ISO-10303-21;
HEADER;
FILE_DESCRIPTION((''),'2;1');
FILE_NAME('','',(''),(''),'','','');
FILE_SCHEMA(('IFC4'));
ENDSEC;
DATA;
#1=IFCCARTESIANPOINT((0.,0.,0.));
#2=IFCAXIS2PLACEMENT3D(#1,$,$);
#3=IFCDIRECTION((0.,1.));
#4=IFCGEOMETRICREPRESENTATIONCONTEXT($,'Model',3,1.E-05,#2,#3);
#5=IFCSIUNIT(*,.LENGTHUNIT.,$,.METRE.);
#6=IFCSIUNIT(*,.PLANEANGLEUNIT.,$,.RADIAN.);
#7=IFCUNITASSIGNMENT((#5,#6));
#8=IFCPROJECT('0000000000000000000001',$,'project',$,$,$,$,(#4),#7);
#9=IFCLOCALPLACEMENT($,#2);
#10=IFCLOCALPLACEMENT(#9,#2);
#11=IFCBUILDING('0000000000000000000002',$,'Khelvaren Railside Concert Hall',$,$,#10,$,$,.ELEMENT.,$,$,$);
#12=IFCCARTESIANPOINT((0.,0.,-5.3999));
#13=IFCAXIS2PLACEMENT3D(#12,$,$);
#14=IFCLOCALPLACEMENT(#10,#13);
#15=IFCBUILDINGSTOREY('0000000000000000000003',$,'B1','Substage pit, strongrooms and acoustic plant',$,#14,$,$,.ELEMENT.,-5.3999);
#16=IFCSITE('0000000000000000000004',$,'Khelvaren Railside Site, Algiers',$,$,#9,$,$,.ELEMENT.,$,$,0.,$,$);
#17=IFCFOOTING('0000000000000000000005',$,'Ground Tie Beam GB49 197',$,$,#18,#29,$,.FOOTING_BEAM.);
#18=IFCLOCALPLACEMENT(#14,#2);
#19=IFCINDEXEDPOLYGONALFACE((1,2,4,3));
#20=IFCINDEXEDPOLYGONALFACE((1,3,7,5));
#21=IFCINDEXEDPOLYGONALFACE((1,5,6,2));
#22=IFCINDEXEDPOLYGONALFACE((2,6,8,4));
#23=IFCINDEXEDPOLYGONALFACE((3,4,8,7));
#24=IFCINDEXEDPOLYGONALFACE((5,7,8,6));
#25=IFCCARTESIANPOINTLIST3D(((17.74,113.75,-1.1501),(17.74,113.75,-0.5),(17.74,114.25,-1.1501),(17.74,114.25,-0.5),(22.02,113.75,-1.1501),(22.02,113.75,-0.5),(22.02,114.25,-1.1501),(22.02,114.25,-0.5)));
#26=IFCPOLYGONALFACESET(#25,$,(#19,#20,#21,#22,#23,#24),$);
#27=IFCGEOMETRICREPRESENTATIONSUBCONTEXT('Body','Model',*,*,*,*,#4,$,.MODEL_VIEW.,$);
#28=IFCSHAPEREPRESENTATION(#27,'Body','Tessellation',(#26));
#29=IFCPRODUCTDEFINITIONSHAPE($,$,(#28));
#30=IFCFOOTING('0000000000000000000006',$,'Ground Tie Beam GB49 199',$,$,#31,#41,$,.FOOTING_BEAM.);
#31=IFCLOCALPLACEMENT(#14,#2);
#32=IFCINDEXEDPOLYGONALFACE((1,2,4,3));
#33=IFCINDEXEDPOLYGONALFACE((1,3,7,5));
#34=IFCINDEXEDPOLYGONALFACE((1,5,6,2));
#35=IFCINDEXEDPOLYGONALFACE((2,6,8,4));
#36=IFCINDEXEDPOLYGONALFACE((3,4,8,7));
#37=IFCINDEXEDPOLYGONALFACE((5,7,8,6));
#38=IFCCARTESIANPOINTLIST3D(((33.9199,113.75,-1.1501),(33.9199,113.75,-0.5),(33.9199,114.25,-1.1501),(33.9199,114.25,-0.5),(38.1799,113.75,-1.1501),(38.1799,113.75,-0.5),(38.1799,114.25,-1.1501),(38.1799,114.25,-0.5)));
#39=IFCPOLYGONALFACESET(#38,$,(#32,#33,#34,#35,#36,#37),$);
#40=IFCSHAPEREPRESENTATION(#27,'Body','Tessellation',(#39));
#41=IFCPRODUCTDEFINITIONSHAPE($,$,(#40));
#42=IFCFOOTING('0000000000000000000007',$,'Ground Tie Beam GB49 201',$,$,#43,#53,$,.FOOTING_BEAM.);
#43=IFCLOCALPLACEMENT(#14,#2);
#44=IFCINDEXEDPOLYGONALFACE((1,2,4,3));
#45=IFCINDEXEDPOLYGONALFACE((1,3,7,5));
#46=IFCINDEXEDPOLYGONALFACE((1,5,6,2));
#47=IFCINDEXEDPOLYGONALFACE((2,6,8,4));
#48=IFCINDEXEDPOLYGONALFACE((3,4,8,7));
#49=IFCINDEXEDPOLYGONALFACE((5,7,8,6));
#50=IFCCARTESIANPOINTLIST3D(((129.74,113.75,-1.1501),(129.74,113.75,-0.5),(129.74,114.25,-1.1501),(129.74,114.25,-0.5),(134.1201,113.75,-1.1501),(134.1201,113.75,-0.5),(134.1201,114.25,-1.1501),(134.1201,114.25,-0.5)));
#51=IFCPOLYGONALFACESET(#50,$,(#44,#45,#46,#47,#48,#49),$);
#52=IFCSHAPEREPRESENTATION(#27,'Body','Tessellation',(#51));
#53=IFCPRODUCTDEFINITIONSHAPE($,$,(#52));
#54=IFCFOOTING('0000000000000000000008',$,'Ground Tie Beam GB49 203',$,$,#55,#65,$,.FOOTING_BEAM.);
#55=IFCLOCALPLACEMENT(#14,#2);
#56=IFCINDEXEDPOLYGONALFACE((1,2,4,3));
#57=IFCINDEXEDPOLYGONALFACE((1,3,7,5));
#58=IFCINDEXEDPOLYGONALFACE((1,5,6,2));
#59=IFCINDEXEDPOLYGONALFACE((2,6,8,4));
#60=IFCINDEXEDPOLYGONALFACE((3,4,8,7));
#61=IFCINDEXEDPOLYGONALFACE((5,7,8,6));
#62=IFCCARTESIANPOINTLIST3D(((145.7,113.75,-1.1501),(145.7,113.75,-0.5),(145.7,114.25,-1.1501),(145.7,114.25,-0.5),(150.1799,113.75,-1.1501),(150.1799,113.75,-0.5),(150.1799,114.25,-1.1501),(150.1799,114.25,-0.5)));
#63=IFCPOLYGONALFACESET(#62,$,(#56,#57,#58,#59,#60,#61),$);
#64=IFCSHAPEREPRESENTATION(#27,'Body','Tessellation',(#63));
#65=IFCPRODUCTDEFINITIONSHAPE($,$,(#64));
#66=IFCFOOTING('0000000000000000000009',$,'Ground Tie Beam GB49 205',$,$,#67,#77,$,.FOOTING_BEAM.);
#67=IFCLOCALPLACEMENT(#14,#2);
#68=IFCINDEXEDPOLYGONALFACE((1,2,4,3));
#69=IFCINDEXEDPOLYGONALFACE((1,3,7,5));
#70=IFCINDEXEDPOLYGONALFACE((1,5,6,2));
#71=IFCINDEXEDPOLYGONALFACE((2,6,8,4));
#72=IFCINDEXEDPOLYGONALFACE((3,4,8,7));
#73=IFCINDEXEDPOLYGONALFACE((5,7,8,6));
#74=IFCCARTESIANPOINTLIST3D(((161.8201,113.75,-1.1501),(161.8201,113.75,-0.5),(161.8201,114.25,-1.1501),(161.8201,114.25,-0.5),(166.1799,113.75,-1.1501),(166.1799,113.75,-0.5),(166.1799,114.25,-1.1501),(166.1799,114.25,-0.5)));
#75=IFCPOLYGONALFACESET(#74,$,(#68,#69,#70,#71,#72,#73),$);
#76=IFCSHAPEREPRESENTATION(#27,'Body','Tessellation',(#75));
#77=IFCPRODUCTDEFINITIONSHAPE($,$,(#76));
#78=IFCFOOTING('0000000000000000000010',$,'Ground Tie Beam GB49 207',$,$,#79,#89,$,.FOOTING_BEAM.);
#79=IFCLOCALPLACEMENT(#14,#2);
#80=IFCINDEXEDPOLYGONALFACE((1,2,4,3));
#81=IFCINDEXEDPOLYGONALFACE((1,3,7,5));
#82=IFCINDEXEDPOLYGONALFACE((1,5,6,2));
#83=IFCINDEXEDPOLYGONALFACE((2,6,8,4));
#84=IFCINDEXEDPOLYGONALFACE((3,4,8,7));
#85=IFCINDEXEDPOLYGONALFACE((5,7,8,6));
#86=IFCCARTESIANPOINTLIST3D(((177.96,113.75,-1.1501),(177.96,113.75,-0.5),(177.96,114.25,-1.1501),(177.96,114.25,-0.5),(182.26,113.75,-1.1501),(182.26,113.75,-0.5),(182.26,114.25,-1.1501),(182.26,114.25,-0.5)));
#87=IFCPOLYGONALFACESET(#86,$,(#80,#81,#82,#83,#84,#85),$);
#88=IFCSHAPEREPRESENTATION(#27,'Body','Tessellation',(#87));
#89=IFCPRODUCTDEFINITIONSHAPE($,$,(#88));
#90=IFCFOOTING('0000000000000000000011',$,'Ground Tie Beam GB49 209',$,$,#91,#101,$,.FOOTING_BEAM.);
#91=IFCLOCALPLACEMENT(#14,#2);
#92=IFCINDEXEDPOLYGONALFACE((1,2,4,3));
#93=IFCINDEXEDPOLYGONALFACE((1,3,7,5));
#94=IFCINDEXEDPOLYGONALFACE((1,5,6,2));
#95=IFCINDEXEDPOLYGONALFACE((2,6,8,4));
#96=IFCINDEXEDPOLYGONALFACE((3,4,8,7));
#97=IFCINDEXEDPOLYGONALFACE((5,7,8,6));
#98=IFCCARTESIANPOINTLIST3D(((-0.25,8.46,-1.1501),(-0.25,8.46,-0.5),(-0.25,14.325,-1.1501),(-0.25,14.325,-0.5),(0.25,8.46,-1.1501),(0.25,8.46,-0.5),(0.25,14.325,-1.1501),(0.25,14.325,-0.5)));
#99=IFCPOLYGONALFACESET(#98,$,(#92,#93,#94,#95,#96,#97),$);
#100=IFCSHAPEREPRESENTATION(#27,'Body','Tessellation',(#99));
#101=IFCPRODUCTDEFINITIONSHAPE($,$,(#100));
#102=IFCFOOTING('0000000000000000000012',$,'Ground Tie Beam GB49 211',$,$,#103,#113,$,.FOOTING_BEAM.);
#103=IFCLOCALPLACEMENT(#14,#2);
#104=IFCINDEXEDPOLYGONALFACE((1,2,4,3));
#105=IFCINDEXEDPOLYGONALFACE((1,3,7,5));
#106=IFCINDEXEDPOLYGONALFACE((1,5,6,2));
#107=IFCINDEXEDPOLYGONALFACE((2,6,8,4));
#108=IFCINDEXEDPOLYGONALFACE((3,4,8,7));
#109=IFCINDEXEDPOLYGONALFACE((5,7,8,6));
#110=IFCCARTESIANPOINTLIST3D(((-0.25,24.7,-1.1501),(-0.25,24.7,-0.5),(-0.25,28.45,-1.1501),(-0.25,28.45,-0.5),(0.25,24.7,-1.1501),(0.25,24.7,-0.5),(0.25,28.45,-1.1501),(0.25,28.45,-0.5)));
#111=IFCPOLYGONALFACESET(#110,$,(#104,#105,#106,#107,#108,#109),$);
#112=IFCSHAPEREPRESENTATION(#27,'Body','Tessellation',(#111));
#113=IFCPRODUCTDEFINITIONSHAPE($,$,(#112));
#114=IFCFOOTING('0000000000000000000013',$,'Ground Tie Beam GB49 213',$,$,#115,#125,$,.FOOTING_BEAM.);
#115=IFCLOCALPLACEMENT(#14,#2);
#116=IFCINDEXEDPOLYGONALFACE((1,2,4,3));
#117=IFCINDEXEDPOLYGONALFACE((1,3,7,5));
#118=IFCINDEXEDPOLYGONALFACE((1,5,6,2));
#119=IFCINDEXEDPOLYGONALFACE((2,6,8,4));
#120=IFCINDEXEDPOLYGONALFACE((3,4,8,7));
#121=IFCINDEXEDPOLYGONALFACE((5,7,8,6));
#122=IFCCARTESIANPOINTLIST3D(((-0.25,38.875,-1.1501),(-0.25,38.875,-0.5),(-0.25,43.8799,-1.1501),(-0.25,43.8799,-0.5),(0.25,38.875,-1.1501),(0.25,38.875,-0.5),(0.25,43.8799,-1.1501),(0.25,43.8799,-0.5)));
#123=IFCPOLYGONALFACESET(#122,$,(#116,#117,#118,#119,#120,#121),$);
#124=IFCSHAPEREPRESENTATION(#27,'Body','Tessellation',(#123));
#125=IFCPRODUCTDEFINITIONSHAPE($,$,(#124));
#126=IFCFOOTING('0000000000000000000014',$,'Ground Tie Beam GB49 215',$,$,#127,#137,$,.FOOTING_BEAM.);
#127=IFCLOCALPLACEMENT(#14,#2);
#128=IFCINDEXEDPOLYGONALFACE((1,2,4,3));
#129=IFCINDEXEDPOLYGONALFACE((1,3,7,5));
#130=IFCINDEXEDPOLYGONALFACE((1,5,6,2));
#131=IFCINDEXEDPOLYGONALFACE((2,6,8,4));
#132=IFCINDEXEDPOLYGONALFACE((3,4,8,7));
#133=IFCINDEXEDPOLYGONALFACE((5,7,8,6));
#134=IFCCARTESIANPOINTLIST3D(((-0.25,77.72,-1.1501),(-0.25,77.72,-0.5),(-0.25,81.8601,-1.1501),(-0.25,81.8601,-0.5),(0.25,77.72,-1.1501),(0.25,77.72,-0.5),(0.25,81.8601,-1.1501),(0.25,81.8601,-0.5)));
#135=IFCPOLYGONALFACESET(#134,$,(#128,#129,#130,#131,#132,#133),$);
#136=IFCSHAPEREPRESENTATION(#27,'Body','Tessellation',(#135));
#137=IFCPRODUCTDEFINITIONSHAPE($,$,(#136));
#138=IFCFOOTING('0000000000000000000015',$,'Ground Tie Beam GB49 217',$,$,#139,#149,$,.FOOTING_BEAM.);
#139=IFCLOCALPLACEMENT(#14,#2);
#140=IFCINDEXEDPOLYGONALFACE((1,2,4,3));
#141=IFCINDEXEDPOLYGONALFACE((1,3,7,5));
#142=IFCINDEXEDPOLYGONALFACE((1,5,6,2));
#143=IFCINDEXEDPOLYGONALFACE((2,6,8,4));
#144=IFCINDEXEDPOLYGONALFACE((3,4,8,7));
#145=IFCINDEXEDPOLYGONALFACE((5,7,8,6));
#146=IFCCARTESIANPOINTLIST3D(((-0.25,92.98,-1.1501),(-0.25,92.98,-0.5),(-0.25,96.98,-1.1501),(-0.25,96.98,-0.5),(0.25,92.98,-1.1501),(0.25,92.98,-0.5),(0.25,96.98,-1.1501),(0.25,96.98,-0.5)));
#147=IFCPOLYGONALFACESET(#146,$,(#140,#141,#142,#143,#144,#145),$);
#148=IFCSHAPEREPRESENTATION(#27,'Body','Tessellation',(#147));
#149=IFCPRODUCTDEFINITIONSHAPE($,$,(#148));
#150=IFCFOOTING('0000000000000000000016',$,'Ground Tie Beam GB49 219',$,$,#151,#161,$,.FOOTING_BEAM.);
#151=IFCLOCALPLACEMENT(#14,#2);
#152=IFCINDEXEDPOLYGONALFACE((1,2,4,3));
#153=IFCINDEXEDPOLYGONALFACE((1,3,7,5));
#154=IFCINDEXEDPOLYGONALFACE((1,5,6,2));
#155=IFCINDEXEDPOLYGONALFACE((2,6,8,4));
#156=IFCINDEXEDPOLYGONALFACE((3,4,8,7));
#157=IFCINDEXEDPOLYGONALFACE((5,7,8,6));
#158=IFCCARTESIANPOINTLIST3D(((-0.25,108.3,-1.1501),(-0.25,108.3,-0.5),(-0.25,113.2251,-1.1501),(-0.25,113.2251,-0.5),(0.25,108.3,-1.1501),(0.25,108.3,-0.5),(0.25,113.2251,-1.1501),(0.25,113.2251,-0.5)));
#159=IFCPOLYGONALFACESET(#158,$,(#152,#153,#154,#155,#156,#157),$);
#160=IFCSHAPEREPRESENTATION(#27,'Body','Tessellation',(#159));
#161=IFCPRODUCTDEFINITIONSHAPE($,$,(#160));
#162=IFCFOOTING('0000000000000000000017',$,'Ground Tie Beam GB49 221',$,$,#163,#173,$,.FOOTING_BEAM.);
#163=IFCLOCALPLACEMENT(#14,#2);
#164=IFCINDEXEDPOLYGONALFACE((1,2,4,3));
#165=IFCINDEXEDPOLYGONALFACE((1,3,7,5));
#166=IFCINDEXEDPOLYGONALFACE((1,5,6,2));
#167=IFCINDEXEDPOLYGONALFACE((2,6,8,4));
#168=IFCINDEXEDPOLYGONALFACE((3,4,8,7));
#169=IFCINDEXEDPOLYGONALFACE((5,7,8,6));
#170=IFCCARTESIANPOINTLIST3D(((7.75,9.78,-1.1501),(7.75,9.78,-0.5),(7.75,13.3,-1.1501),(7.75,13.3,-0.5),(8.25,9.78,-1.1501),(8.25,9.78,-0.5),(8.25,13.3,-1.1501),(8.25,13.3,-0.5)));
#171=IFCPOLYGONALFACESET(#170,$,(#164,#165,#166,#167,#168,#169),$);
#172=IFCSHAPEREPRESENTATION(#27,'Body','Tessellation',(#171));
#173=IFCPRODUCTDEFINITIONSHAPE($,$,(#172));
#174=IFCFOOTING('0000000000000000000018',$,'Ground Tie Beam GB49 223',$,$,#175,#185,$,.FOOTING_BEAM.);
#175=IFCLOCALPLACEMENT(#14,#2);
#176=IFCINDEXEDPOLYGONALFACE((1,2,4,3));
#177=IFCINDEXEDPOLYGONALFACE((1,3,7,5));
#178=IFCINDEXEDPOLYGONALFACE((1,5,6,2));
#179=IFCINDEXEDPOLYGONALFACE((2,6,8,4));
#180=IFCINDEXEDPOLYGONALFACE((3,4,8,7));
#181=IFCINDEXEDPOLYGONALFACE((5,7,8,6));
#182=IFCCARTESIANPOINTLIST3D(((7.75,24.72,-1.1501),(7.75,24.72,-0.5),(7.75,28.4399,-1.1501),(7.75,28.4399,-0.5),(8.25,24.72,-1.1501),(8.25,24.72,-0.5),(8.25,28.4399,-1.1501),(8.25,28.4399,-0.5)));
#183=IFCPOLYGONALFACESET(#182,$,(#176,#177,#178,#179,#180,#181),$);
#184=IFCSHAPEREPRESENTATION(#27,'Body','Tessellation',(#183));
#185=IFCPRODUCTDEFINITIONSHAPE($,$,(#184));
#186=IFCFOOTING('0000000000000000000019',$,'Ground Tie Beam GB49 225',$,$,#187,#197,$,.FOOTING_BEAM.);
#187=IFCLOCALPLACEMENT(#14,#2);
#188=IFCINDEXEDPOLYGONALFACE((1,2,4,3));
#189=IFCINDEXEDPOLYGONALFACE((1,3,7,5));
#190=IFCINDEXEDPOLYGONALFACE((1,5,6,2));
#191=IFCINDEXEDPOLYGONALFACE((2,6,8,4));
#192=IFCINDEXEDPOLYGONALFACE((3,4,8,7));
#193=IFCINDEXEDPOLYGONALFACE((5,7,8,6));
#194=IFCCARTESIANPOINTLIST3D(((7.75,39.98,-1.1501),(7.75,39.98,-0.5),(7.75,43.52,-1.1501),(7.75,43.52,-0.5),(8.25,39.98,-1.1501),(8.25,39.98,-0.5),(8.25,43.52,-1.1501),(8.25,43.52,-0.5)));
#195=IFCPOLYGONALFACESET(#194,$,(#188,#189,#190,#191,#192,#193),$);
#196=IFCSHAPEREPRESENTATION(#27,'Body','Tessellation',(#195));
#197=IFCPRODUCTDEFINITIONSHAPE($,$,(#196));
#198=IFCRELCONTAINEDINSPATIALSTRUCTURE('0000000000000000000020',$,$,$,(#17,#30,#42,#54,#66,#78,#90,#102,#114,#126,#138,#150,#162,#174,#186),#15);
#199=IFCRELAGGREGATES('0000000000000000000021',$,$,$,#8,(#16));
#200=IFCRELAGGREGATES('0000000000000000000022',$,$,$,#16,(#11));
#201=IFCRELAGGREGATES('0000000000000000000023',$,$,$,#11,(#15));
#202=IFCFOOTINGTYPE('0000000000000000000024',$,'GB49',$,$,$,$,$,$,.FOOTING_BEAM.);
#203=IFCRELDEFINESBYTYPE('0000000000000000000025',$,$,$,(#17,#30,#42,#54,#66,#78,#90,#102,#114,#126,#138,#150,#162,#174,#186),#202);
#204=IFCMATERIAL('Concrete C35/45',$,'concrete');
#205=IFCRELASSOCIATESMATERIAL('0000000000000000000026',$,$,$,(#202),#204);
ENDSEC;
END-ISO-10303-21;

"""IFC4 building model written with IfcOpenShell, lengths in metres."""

from ifc_helpers import new_model, si_unit, direction, frame, origin, place, context, subcontext, project, spatial, polyline, outline, extrude, material, type_object, element, save


model = new_model("IFC4")

# Units and contexts
model_context = context("Model", 3, precision=1e-05, world=origin(), true_north=direction((0.0, 1.0)))
body_context = subcontext(model_context, "Body", "Model", "MODEL_VIEW")
ifc_project = project(units=[si_unit("LENGTHUNIT", "METRE"), si_unit("PLANEANGLEUNIT", "RADIAN")], contexts=[model_context])

# Site, building, storey
site_placement = place(None, origin())
site = spatial("IfcSite", under=ifc_project, at=site_placement, Name="Khelvaren Railside Site, Algiers", CompositionType="ELEMENT", RefElevation=0.0)
building_placement = place(site_placement, origin())
building = spatial("IfcBuilding", under=site, at=building_placement, Name="Khelvaren Railside Concert Hall", CompositionType="ELEMENT")
storey_placement = place(building_placement, frame((0.0, 0.0, -5.3999)))
storey = spatial("IfcBuildingStorey", under=building, at=storey_placement, Name="B1", Description="Substage pit, strongrooms and acoustic plant", CompositionType="ELEMENT", Elevation=-5.3999)

# Footings
ifc_material = material(Name="Concrete C35/45", Category="concrete")
footing_type = type_object("IfcFootingType", Name="GB49", PredefinedType="FOOTING_BEAM", material=ifc_material)
footing_1_placement = place(storey_placement, frame((0.0, 0.0, -1.1501)))
element("IfcFooting", 1, at=footing_1_placement, inside=storey, type_object=footing_type, Name="Ground Tie Beam GB49 197", PredefinedType="FOOTING_BEAM", context=body_context, shape_type="SweptSolid", body=[
    extrude(outline(polyline([(17.74, 113.75), (22.02, 113.75), (22.02, 114.25), (17.74, 114.25), (17.74, 113.75)])), origin(), (0.0, 0.0, 1.0), 0.6501),
])
footing_2_placement = place(storey_placement, frame((0.0, 0.0, -1.1501)))
element("IfcFooting", 2, at=footing_2_placement, inside=storey, type_object=footing_type, Name="Ground Tie Beam GB49 199", PredefinedType="FOOTING_BEAM", context=body_context, shape_type="SweptSolid", body=[
    extrude(outline(polyline([(33.9199, 113.75), (38.1799, 113.75), (38.1799, 114.25), (33.9199, 114.25), (33.9199, 113.75)])), origin(), (0.0, 0.0, 1.0), 0.6501),
])
footing_3_placement = place(storey_placement, frame((0.0, 0.0, -1.1501)))
element("IfcFooting", 3, at=footing_3_placement, inside=storey, type_object=footing_type, Name="Ground Tie Beam GB49 201", PredefinedType="FOOTING_BEAM", context=body_context, shape_type="SweptSolid", body=[
    extrude(outline(polyline([(129.74, 113.75), (134.1201, 113.75), (134.1201, 114.25), (129.74, 114.25), (129.74, 113.75)])), origin(), (0.0, 0.0, 1.0), 0.6501),
])
footing_4_placement = place(storey_placement, frame((0.0, 0.0, -1.1501)))
element("IfcFooting", 4, at=footing_4_placement, inside=storey, type_object=footing_type, Name="Ground Tie Beam GB49 203", PredefinedType="FOOTING_BEAM", context=body_context, shape_type="SweptSolid", body=[
    extrude(outline(polyline([(145.7, 113.75), (150.1799, 113.75), (150.1799, 114.25), (145.7, 114.25), (145.7, 113.75)])), origin(), (0.0, 0.0, 1.0), 0.6501),
])
footing_5_placement = place(storey_placement, frame((0.0, 0.0, -1.1501)))
element("IfcFooting", 5, at=footing_5_placement, inside=storey, type_object=footing_type, Name="Ground Tie Beam GB49 205", PredefinedType="FOOTING_BEAM", context=body_context, shape_type="SweptSolid", body=[
    extrude(outline(polyline([(161.8201, 113.75), (166.1799, 113.75), (166.1799, 114.25), (161.8201, 114.25), (161.8201, 113.75)])), origin(), (0.0, 0.0, 1.0), 0.6501),
])
footing_6_placement = place(storey_placement, frame((0.0, 0.0, -1.1501)))
element("IfcFooting", 6, at=footing_6_placement, inside=storey, type_object=footing_type, Name="Ground Tie Beam GB49 207", PredefinedType="FOOTING_BEAM", context=body_context, shape_type="SweptSolid", body=[
    extrude(outline(polyline([(177.96, 113.75), (182.26, 113.75), (182.26, 114.25), (177.96, 114.25), (177.96, 113.75)])), origin(), (0.0, 0.0, 1.0), 0.6501),
])
footing_7_placement = place(storey_placement, frame((0.0, 0.0, -1.1501)))
element("IfcFooting", 7, at=footing_7_placement, inside=storey, type_object=footing_type, Name="Ground Tie Beam GB49 209", PredefinedType="FOOTING_BEAM", context=body_context, shape_type="SweptSolid", body=[
    extrude(outline(polyline([(-0.25, 8.46), (0.25, 8.46), (0.25, 14.325), (-0.25, 14.325), (-0.25, 8.46)])), origin(), (0.0, 0.0, 1.0), 0.6501),
])
footing_8_placement = place(storey_placement, frame((0.0, 0.0, -1.1501)))
element("IfcFooting", 8, at=footing_8_placement, inside=storey, type_object=footing_type, Name="Ground Tie Beam GB49 211", PredefinedType="FOOTING_BEAM", context=body_context, shape_type="SweptSolid", body=[
    extrude(outline(polyline([(-0.25, 24.7), (0.25, 24.7), (0.25, 28.45), (-0.25, 28.45), (-0.25, 24.7)])), origin(), (0.0, 0.0, 1.0), 0.6501),
])
footing_9_placement = place(storey_placement, frame((0.0, 0.0, -1.1501)))
element("IfcFooting", 9, at=footing_9_placement, inside=storey, type_object=footing_type, Name="Ground Tie Beam GB49 213", PredefinedType="FOOTING_BEAM", context=body_context, shape_type="SweptSolid", body=[
    extrude(outline(polyline([(-0.25, 38.875), (0.25, 38.875), (0.25, 43.8799), (-0.25, 43.8799), (-0.25, 38.875)])), origin(), (0.0, 0.0, 1.0), 0.6501),
])
footing_10_placement = place(storey_placement, frame((0.0, 0.0, -1.1501)))
element("IfcFooting", 10, at=footing_10_placement, inside=storey, type_object=footing_type, Name="Ground Tie Beam GB49 215", PredefinedType="FOOTING_BEAM", context=body_context, shape_type="SweptSolid", body=[
    extrude(outline(polyline([(-0.25, 77.72), (0.25, 77.72), (0.25, 81.8601), (-0.25, 81.8601), (-0.25, 77.72)])), origin(), (0.0, 0.0, 1.0), 0.6501),
])
footing_11_placement = place(storey_placement, frame((0.0, 0.0, -1.1501)))
element("IfcFooting", 11, at=footing_11_placement, inside=storey, type_object=footing_type, Name="Ground Tie Beam GB49 217", PredefinedType="FOOTING_BEAM", context=body_context, shape_type="SweptSolid", body=[
    extrude(outline(polyline([(-0.25, 92.98), (0.25, 92.98), (0.25, 96.98), (-0.25, 96.98), (-0.25, 92.98)])), origin(), (0.0, 0.0, 1.0), 0.6501),
])
footing_12_placement = place(storey_placement, frame((0.0, 0.0, -1.1501)))
element("IfcFooting", 12, at=footing_12_placement, inside=storey, type_object=footing_type, Name="Ground Tie Beam GB49 219", PredefinedType="FOOTING_BEAM", context=body_context, shape_type="SweptSolid", body=[
    extrude(outline(polyline([(-0.25, 108.3), (0.25, 108.3), (0.25, 113.2251), (-0.25, 113.2251), (-0.25, 108.3)])), origin(), (0.0, 0.0, 1.0), 0.6501),
])
footing_13_placement = place(storey_placement, frame((0.0, 0.0, -1.1501)))
element("IfcFooting", 13, at=footing_13_placement, inside=storey, type_object=footing_type, Name="Ground Tie Beam GB49 221", PredefinedType="FOOTING_BEAM", context=body_context, shape_type="SweptSolid", body=[
    extrude(outline(polyline([(7.75, 9.78), (8.25, 9.78), (8.25, 13.3), (7.75, 13.3), (7.75, 9.78)])), origin(), (0.0, 0.0, 1.0), 0.6501),
])
footing_14_placement = place(storey_placement, frame((0.0, 0.0, -1.1501)))
element("IfcFooting", 14, at=footing_14_placement, inside=storey, type_object=footing_type, Name="Ground Tie Beam GB49 223", PredefinedType="FOOTING_BEAM", context=body_context, shape_type="SweptSolid", body=[
    extrude(outline(polyline([(7.75, 24.72), (8.25, 24.72), (8.25, 28.4399), (7.75, 28.4399), (7.75, 24.72)])), origin(), (0.0, 0.0, 1.0), 0.6501),
])
footing_15_placement = place(storey_placement, frame((0.0, 0.0, -1.1501)))
element("IfcFooting", 15, at=footing_15_placement, inside=storey, type_object=footing_type, Name="Ground Tie Beam GB49 225", PredefinedType="FOOTING_BEAM", context=body_context, shape_type="SweptSolid", body=[
    extrude(outline(polyline([(7.75, 39.98), (8.25, 39.98), (8.25, 43.52), (7.75, 43.52), (7.75, 39.98)])), origin(), (0.0, 0.0, 1.0), 0.6501),
])

save(model, "model.ifc")
